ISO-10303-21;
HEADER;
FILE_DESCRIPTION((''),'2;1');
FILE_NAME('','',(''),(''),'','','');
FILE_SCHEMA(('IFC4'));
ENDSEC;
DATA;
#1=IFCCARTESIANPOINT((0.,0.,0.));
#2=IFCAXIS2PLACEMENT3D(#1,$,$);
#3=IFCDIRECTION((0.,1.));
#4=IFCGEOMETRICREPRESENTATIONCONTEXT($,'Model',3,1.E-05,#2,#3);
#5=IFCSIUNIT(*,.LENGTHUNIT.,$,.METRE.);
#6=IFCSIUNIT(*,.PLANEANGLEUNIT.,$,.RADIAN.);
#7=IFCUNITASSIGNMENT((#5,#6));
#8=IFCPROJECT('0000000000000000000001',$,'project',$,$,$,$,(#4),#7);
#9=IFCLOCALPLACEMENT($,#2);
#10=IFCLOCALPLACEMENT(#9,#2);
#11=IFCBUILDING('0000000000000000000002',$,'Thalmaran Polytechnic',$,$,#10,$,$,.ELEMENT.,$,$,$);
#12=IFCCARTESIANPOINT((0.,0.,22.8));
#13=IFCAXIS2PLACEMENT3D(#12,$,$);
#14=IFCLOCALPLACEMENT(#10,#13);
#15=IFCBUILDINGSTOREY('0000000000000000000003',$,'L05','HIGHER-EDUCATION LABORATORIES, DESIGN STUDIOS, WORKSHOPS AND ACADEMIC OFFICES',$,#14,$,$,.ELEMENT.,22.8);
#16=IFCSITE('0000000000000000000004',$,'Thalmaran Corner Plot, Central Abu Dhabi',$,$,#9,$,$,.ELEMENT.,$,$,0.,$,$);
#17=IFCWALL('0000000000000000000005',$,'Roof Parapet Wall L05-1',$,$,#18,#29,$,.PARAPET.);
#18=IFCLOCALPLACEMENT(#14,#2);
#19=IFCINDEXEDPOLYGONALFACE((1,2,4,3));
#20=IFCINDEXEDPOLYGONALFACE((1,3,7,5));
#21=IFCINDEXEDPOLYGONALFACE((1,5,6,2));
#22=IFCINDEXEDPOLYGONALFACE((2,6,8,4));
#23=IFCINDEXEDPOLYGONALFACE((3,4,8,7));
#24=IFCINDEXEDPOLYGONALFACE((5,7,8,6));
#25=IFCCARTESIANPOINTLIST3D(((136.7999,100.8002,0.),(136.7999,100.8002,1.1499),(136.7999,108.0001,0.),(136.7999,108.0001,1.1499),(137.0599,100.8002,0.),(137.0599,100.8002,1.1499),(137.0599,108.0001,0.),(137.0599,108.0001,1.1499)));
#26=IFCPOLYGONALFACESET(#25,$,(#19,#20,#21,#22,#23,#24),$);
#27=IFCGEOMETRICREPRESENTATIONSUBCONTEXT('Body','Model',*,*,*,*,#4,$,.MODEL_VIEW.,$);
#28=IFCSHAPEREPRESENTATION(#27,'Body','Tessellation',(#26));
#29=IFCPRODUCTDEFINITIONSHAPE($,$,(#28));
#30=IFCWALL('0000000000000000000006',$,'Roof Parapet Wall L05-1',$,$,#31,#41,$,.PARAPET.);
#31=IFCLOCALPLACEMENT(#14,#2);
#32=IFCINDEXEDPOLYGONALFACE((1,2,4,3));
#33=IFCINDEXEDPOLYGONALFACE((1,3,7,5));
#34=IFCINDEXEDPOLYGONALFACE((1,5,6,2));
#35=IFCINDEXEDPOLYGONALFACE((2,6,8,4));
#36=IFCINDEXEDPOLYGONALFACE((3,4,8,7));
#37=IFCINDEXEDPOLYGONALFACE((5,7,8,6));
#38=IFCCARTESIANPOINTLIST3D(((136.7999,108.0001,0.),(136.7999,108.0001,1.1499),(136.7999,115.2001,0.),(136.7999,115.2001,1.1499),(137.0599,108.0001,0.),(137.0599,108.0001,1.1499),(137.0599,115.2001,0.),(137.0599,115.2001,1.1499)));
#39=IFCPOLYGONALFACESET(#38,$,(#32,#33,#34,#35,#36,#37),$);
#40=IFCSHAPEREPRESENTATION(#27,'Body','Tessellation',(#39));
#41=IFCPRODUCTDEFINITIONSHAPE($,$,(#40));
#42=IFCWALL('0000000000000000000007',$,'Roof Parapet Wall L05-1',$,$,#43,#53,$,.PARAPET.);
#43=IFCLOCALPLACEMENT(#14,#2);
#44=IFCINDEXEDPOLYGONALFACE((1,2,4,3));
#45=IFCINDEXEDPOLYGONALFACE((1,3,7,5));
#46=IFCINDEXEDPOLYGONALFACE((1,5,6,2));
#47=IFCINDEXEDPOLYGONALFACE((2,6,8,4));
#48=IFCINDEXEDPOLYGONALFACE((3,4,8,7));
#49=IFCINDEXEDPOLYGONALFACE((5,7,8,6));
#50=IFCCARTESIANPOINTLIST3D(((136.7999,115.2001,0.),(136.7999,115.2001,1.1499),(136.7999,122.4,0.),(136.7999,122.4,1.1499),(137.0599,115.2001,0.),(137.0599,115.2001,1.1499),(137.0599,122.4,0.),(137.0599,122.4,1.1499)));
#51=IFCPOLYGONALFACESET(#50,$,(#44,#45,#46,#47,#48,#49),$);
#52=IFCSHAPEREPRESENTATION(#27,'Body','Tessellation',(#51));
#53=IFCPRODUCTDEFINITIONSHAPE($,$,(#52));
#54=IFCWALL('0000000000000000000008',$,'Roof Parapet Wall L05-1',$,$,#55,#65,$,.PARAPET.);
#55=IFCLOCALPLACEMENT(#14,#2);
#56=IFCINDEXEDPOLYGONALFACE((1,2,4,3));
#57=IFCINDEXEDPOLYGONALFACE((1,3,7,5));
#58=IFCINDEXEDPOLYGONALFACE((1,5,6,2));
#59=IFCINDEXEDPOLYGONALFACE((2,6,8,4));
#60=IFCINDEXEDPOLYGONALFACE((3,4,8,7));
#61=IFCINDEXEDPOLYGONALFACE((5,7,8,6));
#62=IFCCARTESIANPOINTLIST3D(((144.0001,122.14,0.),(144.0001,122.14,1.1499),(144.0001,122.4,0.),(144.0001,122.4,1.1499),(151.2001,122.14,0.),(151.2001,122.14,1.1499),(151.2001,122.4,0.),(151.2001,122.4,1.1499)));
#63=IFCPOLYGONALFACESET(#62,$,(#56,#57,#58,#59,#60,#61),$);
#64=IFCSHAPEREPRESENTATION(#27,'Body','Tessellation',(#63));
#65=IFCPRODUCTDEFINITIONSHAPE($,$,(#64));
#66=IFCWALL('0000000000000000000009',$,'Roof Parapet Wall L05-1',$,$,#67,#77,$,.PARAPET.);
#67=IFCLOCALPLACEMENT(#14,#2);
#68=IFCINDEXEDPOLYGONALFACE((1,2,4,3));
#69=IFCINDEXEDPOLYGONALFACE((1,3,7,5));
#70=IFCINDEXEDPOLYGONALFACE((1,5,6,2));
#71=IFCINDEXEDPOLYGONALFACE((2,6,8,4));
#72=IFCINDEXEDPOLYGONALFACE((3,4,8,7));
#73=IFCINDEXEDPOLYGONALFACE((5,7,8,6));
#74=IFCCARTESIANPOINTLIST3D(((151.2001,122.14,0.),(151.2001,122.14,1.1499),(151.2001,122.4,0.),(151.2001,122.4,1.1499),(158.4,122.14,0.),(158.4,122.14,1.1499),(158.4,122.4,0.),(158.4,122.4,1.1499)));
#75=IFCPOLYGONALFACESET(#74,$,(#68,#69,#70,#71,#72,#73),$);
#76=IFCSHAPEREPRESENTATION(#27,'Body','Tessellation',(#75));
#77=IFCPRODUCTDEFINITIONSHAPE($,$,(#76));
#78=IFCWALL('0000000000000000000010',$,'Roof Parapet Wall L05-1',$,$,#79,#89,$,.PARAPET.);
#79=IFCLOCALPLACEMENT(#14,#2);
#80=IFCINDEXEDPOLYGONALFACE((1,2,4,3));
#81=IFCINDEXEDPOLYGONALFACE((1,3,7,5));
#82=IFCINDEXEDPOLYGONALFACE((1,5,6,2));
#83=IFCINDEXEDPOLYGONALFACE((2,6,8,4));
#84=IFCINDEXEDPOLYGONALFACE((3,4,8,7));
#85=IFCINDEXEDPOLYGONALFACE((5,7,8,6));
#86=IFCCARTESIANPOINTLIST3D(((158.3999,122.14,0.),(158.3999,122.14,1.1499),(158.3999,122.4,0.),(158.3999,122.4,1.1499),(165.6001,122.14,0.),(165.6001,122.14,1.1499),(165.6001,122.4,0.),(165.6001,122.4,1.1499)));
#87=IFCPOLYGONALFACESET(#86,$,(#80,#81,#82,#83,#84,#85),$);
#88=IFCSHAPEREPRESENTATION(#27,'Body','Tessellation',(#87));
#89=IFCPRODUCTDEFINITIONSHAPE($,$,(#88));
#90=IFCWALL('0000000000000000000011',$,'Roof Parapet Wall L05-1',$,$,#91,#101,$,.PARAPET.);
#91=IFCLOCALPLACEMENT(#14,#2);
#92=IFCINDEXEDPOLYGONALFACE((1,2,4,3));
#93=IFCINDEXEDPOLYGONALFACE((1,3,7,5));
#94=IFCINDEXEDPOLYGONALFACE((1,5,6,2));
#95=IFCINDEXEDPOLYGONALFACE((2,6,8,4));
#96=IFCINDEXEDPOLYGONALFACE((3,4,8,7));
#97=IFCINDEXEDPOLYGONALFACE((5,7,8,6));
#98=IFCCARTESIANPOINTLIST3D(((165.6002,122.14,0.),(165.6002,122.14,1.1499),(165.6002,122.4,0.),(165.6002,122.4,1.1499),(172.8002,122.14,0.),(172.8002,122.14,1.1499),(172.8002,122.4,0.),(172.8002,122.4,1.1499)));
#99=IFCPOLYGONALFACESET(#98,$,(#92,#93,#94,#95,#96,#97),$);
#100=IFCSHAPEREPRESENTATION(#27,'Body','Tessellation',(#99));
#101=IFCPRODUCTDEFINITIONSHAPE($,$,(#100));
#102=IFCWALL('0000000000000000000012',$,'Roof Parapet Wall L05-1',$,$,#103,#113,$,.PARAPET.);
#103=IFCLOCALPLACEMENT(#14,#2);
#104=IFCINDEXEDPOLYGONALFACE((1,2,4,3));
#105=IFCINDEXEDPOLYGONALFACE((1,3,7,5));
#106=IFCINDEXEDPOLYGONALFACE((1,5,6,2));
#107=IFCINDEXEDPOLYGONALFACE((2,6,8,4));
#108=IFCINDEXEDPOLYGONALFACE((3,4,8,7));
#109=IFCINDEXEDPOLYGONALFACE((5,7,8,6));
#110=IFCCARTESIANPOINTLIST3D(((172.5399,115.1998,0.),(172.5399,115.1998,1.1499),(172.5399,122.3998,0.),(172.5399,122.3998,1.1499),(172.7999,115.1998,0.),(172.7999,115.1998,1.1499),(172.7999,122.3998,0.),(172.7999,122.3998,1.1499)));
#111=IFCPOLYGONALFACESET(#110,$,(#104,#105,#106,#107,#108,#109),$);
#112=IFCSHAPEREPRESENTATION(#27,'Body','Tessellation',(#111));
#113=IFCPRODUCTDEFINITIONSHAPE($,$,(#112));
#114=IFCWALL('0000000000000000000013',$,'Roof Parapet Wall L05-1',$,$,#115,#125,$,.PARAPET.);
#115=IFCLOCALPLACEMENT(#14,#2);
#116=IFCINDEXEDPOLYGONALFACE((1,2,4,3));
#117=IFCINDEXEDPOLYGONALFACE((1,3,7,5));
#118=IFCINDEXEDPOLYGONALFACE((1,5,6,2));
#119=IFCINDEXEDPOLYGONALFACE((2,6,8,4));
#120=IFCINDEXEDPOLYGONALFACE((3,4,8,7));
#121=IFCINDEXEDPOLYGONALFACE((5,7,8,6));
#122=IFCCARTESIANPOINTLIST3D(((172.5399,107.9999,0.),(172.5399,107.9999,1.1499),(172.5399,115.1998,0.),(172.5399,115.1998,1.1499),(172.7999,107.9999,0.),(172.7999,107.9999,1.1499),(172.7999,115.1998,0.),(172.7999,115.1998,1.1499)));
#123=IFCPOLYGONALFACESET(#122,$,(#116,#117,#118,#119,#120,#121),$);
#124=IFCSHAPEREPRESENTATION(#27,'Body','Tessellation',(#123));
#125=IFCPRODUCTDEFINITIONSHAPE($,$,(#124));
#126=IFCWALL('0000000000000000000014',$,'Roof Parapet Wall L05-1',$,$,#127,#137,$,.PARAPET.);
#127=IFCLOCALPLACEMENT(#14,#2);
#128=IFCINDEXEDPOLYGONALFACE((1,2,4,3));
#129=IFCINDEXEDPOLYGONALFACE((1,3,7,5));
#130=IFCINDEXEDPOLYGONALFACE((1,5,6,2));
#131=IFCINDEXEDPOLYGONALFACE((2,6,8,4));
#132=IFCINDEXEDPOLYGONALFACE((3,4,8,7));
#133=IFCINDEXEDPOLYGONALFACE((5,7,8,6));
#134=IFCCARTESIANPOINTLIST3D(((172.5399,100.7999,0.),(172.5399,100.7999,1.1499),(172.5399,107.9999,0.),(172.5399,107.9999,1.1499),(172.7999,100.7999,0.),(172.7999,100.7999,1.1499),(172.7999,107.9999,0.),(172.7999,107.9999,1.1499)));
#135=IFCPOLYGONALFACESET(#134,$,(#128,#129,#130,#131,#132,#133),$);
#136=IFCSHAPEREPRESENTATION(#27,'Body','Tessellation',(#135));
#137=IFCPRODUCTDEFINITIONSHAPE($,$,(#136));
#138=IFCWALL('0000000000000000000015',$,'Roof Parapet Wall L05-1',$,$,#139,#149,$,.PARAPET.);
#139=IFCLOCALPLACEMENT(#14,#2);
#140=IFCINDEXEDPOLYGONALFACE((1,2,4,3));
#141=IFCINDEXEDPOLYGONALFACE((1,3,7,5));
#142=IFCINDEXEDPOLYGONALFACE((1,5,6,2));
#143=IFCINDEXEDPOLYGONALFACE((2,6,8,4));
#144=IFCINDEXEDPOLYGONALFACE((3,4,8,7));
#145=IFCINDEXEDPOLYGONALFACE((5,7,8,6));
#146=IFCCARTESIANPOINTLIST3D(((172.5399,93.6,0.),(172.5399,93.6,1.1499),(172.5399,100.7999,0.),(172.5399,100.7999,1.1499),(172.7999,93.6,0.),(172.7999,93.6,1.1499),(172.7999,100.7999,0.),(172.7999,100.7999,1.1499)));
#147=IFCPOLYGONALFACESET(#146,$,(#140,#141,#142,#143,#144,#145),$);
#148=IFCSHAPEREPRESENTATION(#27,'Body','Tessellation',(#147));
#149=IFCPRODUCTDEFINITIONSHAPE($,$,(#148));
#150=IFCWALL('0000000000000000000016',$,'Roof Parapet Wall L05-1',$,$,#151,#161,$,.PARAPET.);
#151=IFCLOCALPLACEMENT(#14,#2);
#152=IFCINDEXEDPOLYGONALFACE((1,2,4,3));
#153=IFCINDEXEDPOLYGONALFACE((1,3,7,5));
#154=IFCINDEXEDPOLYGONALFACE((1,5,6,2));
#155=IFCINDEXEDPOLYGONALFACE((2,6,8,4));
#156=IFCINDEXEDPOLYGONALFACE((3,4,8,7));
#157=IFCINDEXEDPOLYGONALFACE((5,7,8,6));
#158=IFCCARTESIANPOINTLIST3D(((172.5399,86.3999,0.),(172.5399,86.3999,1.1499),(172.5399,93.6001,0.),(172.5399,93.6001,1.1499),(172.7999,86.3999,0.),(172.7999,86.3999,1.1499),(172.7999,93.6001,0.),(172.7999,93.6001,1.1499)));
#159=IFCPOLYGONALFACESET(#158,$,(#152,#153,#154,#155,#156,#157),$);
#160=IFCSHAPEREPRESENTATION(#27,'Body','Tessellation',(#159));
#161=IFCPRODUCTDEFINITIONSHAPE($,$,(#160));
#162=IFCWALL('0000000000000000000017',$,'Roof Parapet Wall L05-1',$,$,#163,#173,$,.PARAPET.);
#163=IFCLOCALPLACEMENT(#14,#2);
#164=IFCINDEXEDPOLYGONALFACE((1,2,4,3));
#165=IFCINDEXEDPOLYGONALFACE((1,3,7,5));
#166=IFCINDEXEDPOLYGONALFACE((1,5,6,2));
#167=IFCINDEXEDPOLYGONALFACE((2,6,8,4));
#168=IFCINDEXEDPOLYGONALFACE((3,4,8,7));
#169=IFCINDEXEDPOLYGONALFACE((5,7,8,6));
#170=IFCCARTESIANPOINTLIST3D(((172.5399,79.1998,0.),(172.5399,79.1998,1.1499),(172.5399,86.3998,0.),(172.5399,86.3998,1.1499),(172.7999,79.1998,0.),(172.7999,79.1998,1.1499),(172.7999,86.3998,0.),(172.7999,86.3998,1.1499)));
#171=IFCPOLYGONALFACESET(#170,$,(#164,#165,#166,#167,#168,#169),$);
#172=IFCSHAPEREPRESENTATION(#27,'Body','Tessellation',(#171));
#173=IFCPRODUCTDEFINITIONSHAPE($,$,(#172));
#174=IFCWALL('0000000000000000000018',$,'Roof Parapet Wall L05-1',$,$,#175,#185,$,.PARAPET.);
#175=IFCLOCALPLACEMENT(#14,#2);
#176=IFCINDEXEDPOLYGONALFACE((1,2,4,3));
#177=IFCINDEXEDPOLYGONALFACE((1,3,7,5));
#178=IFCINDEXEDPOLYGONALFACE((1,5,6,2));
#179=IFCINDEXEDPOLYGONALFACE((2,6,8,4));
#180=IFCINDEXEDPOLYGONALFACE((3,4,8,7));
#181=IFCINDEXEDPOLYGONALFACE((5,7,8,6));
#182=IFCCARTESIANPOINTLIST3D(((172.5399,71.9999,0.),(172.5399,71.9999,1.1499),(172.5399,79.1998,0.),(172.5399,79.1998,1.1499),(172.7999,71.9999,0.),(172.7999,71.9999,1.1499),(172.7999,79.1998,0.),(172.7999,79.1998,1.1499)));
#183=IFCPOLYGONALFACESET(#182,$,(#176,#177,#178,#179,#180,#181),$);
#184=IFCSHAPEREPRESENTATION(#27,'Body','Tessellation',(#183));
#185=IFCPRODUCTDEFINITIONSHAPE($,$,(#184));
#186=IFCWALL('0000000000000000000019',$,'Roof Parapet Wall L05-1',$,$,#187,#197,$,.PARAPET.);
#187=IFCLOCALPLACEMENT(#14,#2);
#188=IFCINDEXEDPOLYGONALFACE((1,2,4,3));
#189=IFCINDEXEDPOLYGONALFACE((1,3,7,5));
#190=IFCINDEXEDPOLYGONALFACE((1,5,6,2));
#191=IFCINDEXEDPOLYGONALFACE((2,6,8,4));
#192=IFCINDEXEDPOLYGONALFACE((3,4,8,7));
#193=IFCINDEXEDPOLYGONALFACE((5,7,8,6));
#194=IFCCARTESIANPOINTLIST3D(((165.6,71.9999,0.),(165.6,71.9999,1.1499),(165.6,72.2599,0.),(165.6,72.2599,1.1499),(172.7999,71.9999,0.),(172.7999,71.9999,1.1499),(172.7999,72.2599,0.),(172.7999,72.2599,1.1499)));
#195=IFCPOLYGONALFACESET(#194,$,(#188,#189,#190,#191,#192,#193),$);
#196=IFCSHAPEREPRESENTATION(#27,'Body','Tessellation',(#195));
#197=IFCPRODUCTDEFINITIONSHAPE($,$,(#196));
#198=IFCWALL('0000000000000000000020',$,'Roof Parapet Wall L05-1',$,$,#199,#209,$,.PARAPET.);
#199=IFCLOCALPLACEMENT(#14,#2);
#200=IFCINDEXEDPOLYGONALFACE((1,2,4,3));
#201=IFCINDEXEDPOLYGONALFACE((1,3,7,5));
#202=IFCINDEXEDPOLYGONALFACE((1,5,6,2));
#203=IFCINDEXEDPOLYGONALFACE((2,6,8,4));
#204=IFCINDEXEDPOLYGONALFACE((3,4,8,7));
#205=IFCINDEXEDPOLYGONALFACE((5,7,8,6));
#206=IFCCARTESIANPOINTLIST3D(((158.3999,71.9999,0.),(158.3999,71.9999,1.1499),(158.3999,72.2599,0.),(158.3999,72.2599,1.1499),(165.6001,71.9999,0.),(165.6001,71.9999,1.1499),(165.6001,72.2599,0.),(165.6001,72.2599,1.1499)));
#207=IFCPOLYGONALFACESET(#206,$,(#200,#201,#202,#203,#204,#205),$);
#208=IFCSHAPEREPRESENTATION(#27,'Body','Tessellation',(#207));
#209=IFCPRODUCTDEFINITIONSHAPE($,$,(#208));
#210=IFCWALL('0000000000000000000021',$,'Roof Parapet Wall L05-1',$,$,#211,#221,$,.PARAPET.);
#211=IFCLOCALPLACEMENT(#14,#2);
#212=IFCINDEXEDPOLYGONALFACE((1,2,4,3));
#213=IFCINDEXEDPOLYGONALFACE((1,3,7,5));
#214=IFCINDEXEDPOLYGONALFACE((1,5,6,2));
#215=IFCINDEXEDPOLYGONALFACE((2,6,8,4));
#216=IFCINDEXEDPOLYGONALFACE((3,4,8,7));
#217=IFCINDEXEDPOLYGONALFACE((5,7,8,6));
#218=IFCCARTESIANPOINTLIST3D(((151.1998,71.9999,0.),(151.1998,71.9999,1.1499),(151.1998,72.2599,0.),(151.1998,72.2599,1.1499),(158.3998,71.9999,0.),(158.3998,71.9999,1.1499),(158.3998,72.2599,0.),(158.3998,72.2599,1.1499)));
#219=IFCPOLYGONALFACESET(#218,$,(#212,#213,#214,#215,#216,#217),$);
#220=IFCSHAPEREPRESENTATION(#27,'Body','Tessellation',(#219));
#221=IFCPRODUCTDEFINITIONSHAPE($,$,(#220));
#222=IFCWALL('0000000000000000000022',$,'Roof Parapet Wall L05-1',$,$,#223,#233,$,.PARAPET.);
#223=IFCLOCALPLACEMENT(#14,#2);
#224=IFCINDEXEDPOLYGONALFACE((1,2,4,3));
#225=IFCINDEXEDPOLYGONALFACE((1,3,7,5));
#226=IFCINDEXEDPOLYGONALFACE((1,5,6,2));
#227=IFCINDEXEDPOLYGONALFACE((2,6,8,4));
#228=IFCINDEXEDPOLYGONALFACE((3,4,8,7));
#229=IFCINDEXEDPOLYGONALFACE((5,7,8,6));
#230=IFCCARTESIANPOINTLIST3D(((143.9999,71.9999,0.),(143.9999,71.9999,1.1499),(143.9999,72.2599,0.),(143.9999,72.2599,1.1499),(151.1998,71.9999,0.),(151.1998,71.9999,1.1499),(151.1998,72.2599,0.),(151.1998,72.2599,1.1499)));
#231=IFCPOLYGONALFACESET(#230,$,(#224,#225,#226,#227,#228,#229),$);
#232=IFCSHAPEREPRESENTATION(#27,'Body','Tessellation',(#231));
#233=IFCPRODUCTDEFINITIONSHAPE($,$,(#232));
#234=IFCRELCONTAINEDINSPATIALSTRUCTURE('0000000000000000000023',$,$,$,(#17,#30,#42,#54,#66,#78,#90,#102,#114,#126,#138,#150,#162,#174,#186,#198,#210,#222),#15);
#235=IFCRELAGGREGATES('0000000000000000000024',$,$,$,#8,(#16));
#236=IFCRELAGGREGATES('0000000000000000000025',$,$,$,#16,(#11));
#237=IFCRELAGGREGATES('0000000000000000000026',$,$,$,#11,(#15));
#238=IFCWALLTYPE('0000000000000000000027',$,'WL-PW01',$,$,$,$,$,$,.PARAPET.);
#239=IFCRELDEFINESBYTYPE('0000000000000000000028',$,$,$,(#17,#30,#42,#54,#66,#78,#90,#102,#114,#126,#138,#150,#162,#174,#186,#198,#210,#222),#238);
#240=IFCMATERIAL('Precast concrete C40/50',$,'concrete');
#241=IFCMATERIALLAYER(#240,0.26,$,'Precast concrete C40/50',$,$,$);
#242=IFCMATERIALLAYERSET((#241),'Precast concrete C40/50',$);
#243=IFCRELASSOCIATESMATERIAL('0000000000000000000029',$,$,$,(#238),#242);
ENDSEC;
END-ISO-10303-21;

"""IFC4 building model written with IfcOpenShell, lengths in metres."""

from ifc_helpers import new_model, si_unit, direction, frame, frame_2d, origin, place, context, subcontext, project, spatial, rectangle, extrude, material, layer, layer_set, type_object, element, save


model = new_model("IFC4")

# Units and contexts
model_context = context("Model", 3, precision=1e-05, world=origin(), true_north=direction((0.0, 1.0)))
body_context = subcontext(model_context, "Body", "Model", "MODEL_VIEW")
ifc_project = project(units=[si_unit("LENGTHUNIT", "METRE"), si_unit("PLANEANGLEUNIT", "RADIAN")], contexts=[model_context])

# Site, building, storey
site_placement = place(None, origin())
site = spatial("IfcSite", under=ifc_project, at=site_placement, Name="Thalmaran Corner Plot, Central Abu Dhabi", CompositionType="ELEMENT", RefElevation=0.0)
building_placement = place(site_placement, origin())
building = spatial("IfcBuilding", under=site, at=building_placement, Name="Thalmaran Polytechnic", CompositionType="ELEMENT")
storey_placement = place(building_placement, frame((0.0, 0.0, 22.8)))
storey = spatial("IfcBuildingStorey", under=building, at=storey_placement, Name="L05", Description="HIGHER-EDUCATION LABORATORIES, DESIGN STUDIOS, WORKSHOPS AND ACADEMIC OFFICES", CompositionType="ELEMENT", Elevation=22.8)

# Walls
ifc_material_1 = material(Name="Precast concrete C40/50", Category="concrete")
ifc_layer_1 = layer(ifc_material_1, 0.26, Name="Precast concrete C40/50")
ifc_layer_set_1 = layer_set([ifc_layer_1], Name="Precast concrete C40/50")
wall_type_1 = type_object("IfcWallType", Name="WL-PW01", PredefinedType="PARAPET", material=ifc_layer_set_1)
for number, where, z_axis, x_axis, name in (
    (1, (136.9299, 100.8, 0.0), (0.0, 0.0, 1.0), (0.0, 1.0, 0.0), "Roof Parapet Wall L05-1"),
    (2, (136.9299, 108.0, 0.0), (0.0, 0.0, 1.0), (0.0, 1.0, 0.0), "Roof Parapet Wall L05-1"),
    (3, (136.9299, 115.2, 0.0), (0.0, 0.0, 1.0), (0.0, 1.0, 0.0), "Roof Parapet Wall L05-1"),
    (4, (144.0, 122.27, 0.0), (0.0, 0.0, 1.0), (1.0, 0.0, 0.0), "Roof Parapet Wall L05-1"),
    (5, (151.2, 122.27, 0.0), (0.0, 0.0, 1.0), (1.0, 0.0, 0.0), "Roof Parapet Wall L05-1"),
):
    element("IfcWall", number, at=place(storey_placement, frame(where, z_axis=z_axis, x_axis=x_axis)), inside=storey, type_object=wall_type_1, Name=name, PredefinedType="PARAPET", context=body_context, shape_type="SweptSolid", body=[
        extrude(rectangle(XDim=7.2, YDim=0.26, at=frame_2d((3.6001, 0.0))), origin(), (0.0, 0.0, 1.0), 1.1499),
    ])
wall_1_placement = place(storey_placement, frame((158.3999, 122.27, 0.0), z_axis=(0.0, 0.0, 1.0), x_axis=(1.0, 0.0, 0.0)))
element("IfcWall", 6, at=wall_1_placement, inside=storey, type_object=wall_type_1, Name="Roof Parapet Wall L05-1", PredefinedType="PARAPET", context=body_context, shape_type="SweptSolid", body=[
    extrude(rectangle(XDim=7.2002, YDim=0.26, at=frame_2d((3.6001, 0.0))), origin(), (0.0, 0.0, 1.0), 1.1499),
])
for number, where, z_axis, x_axis, name in (
    (7, (165.6001, 122.27, 0.0), (0.0, 0.0, 1.0), (1.0, 0.0, 0.0), "Roof Parapet Wall L05-1"),
    (8, (172.6699, 122.3999, 0.0), (0.0, 0.0, 1.0), (0.0, -1.0, 0.0), "Roof Parapet Wall L05-1"),
    (9, (172.6699, 115.2, 0.0), (0.0, 0.0, 1.0), (0.0, -1.0, 0.0), "Roof Parapet Wall L05-1"),
    (10, (172.6699, 108.0, 0.0), (0.0, 0.0, 1.0), (0.0, -1.0, 0.0), "Roof Parapet Wall L05-1"),
    (11, (172.6699, 100.8, 0.0), (0.0, 0.0, 1.0), (0.0, -1.0, 0.0), "Roof Parapet Wall L05-1"),
):
    element("IfcWall", number, at=place(storey_placement, frame(where, z_axis=z_axis, x_axis=x_axis)), inside=storey, type_object=wall_type_1, Name=name, PredefinedType="PARAPET", context=body_context, shape_type="SweptSolid", body=[
        extrude(rectangle(XDim=7.2, YDim=0.26, at=frame_2d((3.6001, 0.0))), origin(), (0.0, 0.0, 1.0), 1.1499),
    ])
wall_2_placement = place(storey_placement, frame((172.6699, 93.6001, 0.0), z_axis=(0.0, 0.0, 1.0), x_axis=(0.0, -1.0, 0.0)))
element("IfcWall", 12, at=wall_2_placement, inside=storey, type_object=wall_type_1, Name="Roof Parapet Wall L05-1", PredefinedType="PARAPET", context=body_context, shape_type="SweptSolid", body=[
    extrude(rectangle(XDim=7.2002, YDim=0.26, at=frame_2d((3.6001, 0.0))), origin(), (0.0, 0.0, 1.0), 1.1499),
])
for number, where, z_axis, x_axis, name in (
    (13, (172.6699, 86.3999, 0.0), (0.0, 0.0, 1.0), (0.0, -1.0, 0.0), "Roof Parapet Wall L05-1"),
    (14, (172.6699, 79.2, 0.0), (0.0, 0.0, 1.0), (0.0, -1.0, 0.0), "Roof Parapet Wall L05-1"),
    (15, (172.8, 72.1299, 0.0), (0.0, 0.0, 1.0), (-1.0, 0.0, 0.0), "Roof Parapet Wall L05-1"),
):
    element("IfcWall", number, at=place(storey_placement, frame(where, z_axis=z_axis, x_axis=x_axis)), inside=storey, type_object=wall_type_1, Name=name, PredefinedType="PARAPET", context=body_context, shape_type="SweptSolid", body=[
        extrude(rectangle(XDim=7.2, YDim=0.26, at=frame_2d((3.6001, 0.0))), origin(), (0.0, 0.0, 1.0), 1.1499),
    ])
wall_3_placement = place(storey_placement, frame((165.6001, 72.1299, 0.0), z_axis=(0.0, 0.0, 1.0), x_axis=(-1.0, 0.0, 0.0)))
element("IfcWall", 16, at=wall_3_placement, inside=storey, type_object=wall_type_1, Name="Roof Parapet Wall L05-1", PredefinedType="PARAPET", context=body_context, shape_type="SweptSolid", body=[
    extrude(rectangle(XDim=7.2002, YDim=0.26, at=frame_2d((3.6001, 0.0))), origin(), (0.0, 0.0, 1.0), 1.1499),
])
for number, where, z_axis, x_axis, name in (
    (17, (158.3999, 72.1299, 0.0), (0.0, 0.0, 1.0), (-1.0, 0.0, 0.0), "Roof Parapet Wall L05-1"),
    (18, (151.2, 72.1299, 0.0), (0.0, 0.0, 1.0), (-1.0, 0.0, 0.0), "Roof Parapet Wall L05-1"),
):
    element("IfcWall", number, at=place(storey_placement, frame(where, z_axis=z_axis, x_axis=x_axis)), inside=storey, type_object=wall_type_1, Name=name, PredefinedType="PARAPET", context=body_context, shape_type="SweptSolid", body=[
        extrude(rectangle(XDim=7.2, YDim=0.26, at=frame_2d((3.6001, 0.0))), origin(), (0.0, 0.0, 1.0), 1.1499),
    ])

save(model, "model.ifc")
